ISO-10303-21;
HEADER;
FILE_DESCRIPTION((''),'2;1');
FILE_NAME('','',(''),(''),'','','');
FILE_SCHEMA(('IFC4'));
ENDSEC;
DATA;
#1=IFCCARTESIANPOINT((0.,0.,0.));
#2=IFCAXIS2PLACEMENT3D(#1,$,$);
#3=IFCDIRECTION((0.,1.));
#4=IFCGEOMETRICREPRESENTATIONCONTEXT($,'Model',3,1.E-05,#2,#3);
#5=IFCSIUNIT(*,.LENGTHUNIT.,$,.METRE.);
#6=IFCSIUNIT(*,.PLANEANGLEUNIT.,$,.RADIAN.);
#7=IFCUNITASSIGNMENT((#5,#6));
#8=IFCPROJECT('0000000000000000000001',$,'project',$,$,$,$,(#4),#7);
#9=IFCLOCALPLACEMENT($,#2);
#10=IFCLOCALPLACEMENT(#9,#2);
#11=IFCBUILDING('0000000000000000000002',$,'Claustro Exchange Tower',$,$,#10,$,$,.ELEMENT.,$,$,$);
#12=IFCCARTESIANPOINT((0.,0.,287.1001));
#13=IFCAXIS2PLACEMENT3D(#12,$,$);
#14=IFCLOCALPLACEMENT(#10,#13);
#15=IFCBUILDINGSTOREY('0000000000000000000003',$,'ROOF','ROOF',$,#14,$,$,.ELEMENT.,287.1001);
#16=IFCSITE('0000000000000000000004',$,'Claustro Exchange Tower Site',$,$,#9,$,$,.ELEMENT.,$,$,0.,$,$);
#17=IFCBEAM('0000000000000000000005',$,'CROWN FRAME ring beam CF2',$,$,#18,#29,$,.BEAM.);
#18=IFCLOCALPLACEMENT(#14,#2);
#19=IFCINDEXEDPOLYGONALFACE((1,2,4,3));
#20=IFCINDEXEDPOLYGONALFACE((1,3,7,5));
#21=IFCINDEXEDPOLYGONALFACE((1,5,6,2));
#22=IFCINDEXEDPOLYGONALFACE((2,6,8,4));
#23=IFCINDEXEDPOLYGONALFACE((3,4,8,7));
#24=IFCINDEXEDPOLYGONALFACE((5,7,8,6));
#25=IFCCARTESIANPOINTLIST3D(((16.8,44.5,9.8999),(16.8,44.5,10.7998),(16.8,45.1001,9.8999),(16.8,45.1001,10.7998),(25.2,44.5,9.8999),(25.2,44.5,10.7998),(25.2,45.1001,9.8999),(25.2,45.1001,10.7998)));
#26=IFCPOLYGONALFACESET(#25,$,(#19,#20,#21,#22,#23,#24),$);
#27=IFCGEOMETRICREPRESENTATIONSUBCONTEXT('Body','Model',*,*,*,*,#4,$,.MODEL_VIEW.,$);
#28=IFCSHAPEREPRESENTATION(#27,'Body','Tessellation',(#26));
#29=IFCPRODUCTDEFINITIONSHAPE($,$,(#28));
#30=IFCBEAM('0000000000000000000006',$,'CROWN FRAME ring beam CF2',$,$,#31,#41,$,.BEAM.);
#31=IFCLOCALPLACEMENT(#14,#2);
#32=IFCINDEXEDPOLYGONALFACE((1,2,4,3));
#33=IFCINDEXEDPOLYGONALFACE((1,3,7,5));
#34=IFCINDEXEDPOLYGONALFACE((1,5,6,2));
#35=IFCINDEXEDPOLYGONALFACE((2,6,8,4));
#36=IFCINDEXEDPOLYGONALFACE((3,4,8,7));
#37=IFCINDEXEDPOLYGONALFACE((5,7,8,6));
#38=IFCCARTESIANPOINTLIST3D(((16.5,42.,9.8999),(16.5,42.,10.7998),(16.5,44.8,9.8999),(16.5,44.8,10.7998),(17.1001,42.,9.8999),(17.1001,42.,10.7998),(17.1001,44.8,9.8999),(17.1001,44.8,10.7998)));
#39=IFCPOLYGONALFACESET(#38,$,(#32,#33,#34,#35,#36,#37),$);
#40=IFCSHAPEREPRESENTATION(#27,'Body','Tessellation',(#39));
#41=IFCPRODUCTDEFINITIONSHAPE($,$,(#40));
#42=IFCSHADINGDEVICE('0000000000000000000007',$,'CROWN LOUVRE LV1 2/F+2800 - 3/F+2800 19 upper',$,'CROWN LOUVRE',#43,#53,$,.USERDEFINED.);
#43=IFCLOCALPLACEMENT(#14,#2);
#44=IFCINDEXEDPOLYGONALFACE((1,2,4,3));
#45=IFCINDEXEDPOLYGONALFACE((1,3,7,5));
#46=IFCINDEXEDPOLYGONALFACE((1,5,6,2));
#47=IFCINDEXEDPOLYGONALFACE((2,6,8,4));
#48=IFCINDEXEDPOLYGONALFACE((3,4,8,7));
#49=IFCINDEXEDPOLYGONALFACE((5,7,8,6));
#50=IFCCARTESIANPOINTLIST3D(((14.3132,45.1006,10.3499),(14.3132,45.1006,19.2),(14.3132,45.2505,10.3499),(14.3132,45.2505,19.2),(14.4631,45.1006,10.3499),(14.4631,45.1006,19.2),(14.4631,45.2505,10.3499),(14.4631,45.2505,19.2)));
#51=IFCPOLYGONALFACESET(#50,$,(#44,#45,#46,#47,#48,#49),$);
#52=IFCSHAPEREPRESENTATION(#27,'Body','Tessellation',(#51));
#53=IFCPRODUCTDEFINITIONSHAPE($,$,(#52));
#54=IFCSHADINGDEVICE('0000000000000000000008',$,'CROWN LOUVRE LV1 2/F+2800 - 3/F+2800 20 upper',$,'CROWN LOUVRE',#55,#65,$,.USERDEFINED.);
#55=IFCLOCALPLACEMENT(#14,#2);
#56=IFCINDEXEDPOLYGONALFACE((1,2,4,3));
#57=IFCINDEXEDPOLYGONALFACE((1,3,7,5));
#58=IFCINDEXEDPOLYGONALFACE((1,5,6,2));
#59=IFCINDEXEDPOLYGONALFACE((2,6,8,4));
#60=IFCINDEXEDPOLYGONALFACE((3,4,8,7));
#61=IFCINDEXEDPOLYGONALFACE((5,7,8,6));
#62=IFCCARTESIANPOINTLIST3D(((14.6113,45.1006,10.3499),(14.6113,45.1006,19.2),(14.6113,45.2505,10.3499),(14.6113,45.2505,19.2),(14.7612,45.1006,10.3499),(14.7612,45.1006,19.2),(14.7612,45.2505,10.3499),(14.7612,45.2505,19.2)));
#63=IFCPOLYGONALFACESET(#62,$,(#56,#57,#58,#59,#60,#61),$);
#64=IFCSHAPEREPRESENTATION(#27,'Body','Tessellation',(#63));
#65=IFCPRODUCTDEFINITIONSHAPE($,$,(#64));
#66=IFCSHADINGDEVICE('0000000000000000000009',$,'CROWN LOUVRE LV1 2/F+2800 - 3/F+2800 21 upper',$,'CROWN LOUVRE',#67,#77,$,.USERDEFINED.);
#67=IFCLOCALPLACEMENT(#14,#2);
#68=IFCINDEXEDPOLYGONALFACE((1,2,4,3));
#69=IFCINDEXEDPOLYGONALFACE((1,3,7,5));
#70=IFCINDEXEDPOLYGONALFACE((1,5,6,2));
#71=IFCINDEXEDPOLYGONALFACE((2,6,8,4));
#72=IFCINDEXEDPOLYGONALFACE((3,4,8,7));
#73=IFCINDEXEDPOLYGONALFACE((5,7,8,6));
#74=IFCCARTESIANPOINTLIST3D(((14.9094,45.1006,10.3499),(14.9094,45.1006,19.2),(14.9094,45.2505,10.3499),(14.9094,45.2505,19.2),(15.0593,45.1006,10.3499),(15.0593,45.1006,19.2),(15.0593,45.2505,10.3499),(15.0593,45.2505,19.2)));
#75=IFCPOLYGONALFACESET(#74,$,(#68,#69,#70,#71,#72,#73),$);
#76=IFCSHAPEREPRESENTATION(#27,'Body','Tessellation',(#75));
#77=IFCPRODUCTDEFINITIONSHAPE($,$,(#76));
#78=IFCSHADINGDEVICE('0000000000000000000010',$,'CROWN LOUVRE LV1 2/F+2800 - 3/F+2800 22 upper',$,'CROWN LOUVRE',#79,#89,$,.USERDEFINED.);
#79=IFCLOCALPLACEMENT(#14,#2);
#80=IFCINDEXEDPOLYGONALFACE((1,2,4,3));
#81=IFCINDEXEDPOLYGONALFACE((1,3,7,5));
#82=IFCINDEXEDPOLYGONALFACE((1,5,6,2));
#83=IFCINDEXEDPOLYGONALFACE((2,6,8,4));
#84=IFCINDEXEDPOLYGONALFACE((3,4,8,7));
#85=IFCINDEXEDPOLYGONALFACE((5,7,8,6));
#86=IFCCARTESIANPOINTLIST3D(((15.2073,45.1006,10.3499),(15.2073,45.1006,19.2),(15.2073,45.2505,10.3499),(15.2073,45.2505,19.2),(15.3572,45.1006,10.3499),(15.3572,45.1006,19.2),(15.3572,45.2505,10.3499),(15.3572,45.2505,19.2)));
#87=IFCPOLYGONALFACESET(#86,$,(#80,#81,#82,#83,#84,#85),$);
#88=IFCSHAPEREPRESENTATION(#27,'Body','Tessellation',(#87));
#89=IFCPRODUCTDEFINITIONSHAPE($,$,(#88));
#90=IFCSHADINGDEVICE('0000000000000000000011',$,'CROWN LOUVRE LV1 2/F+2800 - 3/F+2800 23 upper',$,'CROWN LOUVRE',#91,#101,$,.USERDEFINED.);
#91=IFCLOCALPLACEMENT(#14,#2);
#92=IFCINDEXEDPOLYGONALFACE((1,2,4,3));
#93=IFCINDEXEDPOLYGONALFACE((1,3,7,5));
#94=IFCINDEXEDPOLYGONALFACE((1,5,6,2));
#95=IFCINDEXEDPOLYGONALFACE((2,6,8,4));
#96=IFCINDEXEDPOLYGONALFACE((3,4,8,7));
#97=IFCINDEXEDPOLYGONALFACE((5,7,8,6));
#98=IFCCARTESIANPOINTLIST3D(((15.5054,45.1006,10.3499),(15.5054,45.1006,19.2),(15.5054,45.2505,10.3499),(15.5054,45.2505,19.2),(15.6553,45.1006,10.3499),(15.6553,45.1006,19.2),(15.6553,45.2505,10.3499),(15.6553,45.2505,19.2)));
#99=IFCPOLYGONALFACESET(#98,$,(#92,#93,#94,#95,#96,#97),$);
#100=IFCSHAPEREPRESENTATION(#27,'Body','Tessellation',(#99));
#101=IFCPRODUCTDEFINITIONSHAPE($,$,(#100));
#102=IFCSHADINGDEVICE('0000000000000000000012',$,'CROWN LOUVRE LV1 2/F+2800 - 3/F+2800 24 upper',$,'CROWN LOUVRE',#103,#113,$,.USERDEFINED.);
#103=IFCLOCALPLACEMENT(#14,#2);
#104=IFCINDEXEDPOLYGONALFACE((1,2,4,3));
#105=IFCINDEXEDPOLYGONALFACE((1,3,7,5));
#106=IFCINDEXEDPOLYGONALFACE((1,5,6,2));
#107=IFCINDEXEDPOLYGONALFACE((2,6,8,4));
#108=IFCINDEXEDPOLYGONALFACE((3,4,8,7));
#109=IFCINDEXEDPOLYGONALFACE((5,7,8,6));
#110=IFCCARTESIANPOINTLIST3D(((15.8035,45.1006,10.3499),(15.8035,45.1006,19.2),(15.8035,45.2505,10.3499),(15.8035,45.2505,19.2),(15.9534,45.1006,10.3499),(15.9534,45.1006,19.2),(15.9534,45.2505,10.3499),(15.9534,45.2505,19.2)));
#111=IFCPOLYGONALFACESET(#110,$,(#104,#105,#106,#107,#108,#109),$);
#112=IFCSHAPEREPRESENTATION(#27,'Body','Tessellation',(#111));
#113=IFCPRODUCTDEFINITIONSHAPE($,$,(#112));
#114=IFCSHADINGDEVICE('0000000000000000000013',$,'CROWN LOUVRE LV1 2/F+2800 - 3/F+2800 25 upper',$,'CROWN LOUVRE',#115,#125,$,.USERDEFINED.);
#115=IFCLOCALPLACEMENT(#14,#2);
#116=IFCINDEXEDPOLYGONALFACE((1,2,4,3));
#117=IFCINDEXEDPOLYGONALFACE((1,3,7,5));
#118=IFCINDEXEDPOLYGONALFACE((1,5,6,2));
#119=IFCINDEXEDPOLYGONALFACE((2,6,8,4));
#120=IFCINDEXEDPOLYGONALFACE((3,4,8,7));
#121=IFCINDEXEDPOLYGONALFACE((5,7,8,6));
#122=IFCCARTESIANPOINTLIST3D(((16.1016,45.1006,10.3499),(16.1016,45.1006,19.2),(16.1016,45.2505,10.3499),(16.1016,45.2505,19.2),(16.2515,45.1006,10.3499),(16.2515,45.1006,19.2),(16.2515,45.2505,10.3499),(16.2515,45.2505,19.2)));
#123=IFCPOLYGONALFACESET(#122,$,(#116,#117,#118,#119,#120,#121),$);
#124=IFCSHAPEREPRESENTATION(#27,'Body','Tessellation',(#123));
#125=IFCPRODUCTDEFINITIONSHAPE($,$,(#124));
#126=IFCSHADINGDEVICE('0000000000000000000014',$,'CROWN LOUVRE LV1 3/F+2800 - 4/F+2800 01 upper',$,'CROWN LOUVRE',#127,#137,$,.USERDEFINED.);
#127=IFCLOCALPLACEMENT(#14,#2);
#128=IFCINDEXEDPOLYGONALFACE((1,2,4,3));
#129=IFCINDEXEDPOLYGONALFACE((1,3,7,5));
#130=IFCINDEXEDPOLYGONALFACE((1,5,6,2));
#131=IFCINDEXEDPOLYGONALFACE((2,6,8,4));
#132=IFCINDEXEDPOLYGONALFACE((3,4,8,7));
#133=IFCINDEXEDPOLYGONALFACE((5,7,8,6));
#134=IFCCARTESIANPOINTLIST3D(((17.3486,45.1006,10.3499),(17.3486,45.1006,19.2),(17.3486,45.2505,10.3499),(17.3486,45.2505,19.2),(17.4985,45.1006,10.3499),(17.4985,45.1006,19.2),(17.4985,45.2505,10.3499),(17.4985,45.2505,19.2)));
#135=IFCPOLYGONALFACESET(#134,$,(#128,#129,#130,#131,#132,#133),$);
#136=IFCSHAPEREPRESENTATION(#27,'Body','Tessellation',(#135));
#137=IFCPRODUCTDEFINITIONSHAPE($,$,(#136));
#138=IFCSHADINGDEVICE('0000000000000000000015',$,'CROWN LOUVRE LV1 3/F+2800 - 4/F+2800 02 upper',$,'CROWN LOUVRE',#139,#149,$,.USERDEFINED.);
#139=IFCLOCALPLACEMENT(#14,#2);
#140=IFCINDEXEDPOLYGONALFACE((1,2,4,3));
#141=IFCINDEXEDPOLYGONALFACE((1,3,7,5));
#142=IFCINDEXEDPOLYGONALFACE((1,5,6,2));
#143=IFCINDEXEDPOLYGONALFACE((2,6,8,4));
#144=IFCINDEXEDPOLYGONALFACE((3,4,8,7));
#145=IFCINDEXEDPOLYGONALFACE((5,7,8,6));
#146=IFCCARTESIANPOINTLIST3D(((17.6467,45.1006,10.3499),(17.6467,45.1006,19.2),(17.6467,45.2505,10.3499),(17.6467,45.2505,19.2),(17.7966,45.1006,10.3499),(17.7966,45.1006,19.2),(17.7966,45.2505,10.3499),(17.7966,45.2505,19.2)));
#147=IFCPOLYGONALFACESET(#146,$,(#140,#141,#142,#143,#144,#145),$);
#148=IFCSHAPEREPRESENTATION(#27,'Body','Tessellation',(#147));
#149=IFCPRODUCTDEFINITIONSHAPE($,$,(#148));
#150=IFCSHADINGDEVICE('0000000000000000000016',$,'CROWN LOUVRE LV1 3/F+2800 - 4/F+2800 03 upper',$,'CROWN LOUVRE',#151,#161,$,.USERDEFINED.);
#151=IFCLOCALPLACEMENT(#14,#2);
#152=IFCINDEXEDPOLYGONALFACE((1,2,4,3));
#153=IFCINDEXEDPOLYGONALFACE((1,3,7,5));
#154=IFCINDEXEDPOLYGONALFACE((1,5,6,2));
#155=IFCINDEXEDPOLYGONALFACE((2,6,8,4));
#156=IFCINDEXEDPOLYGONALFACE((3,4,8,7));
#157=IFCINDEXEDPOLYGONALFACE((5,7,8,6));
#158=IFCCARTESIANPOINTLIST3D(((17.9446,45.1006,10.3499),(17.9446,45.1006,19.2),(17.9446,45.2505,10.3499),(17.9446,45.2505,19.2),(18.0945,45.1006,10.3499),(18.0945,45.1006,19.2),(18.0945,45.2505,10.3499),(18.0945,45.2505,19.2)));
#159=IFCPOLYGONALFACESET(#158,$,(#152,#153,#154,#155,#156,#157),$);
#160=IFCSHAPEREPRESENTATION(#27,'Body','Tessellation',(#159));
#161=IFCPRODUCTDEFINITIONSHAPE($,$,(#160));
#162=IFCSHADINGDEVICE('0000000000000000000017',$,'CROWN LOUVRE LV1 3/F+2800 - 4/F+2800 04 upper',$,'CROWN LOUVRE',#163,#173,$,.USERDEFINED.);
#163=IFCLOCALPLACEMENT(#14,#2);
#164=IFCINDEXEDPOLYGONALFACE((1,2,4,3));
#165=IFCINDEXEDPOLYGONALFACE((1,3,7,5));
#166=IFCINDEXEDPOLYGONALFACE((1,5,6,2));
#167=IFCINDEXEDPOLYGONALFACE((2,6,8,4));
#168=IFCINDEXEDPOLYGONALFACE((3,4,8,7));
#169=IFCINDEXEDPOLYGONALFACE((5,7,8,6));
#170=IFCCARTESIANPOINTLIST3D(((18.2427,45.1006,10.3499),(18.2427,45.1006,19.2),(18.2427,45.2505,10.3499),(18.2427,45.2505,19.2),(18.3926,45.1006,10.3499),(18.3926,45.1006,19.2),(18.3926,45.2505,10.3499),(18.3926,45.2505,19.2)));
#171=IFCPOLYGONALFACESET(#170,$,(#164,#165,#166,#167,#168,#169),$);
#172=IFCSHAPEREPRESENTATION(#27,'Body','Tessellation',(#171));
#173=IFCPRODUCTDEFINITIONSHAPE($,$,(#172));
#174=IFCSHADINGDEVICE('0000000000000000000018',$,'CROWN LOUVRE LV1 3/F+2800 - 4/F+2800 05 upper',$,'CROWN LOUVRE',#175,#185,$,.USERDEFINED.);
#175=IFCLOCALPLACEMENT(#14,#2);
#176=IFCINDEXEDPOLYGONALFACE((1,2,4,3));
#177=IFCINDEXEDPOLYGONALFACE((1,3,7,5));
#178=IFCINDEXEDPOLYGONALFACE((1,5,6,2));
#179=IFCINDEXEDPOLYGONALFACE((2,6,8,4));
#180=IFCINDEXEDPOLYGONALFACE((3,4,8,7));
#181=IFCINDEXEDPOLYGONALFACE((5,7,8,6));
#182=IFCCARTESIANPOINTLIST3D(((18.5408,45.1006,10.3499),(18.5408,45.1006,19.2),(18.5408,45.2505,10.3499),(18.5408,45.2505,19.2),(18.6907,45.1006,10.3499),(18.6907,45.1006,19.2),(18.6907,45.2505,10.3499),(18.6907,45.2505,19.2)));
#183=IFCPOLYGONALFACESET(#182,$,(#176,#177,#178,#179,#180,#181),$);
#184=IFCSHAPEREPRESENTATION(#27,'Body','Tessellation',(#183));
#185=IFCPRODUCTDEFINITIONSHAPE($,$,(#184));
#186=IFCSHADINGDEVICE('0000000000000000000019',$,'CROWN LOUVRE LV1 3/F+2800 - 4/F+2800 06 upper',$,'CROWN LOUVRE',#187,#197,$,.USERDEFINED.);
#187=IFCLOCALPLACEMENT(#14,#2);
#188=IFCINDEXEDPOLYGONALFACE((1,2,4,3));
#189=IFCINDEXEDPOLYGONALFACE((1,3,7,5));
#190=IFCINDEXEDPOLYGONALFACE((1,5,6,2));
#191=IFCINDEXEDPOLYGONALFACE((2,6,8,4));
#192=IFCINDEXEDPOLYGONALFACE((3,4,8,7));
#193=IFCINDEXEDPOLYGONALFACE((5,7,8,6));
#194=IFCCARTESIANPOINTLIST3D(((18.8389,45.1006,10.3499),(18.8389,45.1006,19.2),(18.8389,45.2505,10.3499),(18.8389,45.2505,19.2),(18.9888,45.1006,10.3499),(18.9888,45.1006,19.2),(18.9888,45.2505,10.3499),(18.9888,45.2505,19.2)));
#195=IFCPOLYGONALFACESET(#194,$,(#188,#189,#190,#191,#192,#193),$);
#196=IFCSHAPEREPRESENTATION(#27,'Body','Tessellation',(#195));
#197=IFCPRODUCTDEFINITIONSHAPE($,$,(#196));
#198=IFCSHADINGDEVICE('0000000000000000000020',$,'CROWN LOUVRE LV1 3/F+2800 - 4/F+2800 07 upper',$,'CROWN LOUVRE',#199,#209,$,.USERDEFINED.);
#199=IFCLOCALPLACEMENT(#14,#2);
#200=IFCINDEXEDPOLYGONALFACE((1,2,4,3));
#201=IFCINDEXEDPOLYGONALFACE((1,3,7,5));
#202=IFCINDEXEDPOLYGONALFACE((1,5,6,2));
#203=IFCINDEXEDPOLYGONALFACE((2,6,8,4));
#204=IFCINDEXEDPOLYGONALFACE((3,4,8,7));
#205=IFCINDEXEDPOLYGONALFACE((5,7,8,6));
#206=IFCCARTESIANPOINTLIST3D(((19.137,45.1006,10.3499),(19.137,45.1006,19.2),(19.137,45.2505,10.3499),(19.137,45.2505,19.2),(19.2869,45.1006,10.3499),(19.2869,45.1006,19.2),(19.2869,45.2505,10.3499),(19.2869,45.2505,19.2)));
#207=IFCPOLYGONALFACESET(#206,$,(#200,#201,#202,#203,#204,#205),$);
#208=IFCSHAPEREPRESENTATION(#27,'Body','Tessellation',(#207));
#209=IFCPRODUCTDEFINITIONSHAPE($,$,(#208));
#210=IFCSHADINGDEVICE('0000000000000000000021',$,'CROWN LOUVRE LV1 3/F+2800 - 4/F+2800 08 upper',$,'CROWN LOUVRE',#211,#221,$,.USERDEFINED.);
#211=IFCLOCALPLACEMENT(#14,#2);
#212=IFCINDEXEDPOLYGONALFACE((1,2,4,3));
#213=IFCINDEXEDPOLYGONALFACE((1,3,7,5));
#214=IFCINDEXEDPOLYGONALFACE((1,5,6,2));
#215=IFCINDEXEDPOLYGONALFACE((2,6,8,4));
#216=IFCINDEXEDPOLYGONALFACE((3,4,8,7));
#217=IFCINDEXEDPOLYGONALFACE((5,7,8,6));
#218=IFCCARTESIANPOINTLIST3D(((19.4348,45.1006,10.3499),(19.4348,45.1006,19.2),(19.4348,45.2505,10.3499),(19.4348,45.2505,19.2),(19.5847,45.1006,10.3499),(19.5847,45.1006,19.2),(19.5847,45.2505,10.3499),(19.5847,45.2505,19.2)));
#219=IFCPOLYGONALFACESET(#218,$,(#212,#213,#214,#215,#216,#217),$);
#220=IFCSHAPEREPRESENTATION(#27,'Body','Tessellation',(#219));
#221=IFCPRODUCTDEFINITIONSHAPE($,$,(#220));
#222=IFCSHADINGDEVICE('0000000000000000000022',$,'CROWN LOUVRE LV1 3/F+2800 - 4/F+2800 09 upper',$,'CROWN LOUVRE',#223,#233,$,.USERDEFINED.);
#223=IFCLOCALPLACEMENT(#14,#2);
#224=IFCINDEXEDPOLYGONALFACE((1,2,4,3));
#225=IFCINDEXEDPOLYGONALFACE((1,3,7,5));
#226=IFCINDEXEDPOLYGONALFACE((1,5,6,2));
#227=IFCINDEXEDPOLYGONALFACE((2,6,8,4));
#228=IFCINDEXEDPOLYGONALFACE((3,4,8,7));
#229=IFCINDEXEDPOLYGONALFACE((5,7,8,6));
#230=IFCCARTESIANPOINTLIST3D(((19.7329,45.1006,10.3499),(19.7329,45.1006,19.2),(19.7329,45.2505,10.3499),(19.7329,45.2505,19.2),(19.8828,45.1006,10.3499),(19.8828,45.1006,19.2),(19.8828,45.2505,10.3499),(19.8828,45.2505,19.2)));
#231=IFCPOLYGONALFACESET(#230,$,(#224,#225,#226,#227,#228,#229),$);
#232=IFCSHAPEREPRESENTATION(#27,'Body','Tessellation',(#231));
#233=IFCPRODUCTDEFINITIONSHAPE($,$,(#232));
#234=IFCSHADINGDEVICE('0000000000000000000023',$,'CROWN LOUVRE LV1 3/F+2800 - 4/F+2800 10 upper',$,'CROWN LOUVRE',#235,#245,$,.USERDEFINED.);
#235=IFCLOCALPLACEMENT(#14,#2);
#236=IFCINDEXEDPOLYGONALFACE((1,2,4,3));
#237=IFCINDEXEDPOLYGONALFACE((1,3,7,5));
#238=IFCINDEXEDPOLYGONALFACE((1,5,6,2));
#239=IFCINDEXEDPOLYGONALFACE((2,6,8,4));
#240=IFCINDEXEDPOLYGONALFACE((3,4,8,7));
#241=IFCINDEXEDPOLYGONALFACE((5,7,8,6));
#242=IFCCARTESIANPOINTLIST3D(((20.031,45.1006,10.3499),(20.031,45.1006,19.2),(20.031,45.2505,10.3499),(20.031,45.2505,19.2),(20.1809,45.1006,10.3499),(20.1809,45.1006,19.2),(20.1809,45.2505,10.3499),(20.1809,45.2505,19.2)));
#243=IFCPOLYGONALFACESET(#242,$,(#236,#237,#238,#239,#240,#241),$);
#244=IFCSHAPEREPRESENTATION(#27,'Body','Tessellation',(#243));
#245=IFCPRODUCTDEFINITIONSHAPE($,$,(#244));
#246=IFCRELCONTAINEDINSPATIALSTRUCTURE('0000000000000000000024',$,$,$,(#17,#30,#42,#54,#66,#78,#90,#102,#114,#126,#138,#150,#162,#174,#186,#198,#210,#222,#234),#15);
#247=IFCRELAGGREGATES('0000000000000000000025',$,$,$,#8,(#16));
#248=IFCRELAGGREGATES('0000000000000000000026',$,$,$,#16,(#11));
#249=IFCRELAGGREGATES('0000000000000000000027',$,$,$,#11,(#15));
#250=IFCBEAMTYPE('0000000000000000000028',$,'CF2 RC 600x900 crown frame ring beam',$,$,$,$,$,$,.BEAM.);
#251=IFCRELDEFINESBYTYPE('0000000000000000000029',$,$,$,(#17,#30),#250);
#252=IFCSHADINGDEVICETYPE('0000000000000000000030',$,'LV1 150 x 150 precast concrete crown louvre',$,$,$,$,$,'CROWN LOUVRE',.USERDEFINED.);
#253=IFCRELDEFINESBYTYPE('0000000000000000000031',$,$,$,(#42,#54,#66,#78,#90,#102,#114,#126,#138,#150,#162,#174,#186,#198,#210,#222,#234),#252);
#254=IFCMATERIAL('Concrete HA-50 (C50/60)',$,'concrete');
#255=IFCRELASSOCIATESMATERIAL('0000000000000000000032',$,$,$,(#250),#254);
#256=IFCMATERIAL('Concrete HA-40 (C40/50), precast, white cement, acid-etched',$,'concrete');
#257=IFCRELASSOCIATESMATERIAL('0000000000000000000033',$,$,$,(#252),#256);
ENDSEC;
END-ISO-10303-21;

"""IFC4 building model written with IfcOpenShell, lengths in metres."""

from ifc_helpers import new_model, si_unit, direction, frame, origin, origin_2d, place, context, subcontext, project, spatial, rectangle, extrude, material, material_profile, profile_set, type_object, element, save


model = new_model("IFC4")

# Units and contexts
model_context = context("Model", 3, precision=1e-05, world=origin(), true_north=direction((0.0, 1.0)))
body_context = subcontext(model_context, "Body", "Model", "MODEL_VIEW")
ifc_project = project(units=[si_unit("LENGTHUNIT", "METRE"), si_unit("PLANEANGLEUNIT", "RADIAN")], contexts=[model_context])

# Site, building, storey
site_placement = place(None, origin())
site = spatial("IfcSite", under=ifc_project, at=site_placement, Name="Claustro Exchange Tower Site", CompositionType="ELEMENT", RefElevation=0.0)
building_placement = place(site_placement, origin())
building = spatial("IfcBuilding", under=site, at=building_placement, Name="Claustro Exchange Tower", CompositionType="ELEMENT")
storey_placement = place(building_placement, frame((0.0, 0.0, 287.1001)))
storey = spatial("IfcBuildingStorey", under=building, at=storey_placement, Name="ROOF", Description="ROOF", CompositionType="ELEMENT", Elevation=287.1001)

# Beams
ifc_material_1 = material(Name="Concrete HA-50 (C50/60)", Category="concrete")
ifc_material_profile = material_profile(ifc_material_1, rectangle(XDim=0.6001, YDim=0.8999, at=origin_2d()), Name="RC 600x900")
ifc_profile_set = profile_set([ifc_material_profile], Name="Concrete HA-50 (C50/60)")
beam_type = type_object("IfcBeamType", Name="CF2 RC 600x900 crown frame ring beam", PredefinedType="BEAM", material=ifc_profile_set)
beam_1_placement = place(storey_placement, frame((16.8, 44.8, 10.3499), z_axis=(1.0, 0.0, 0.0), x_axis=(0.0, 1.0, 0.0)))
element("IfcBeam", 1, at=beam_1_placement, inside=storey, type_object=beam_type, Name="CROWN FRAME ring beam CF2", PredefinedType="BEAM", context=body_context, shape_type="SweptSolid", body=[
    extrude(rectangle(XDim=0.6001, YDim=0.8999, at=origin_2d()), origin(), (0.0, 0.0, 1.0), 8.3999),
])
beam_2_placement = place(storey_placement, frame((16.8, 42.0, 10.3499), z_axis=(0.0, 1.0, 0.0), x_axis=(-1.0, 0.0, 0.0)))
element("IfcBeam", 2, at=beam_2_placement, inside=storey, type_object=beam_type, Name="CROWN FRAME ring beam CF2", PredefinedType="BEAM", context=body_context, shape_type="SweptSolid", body=[
    extrude(rectangle(XDim=0.6001, YDim=0.8999, at=origin_2d()), origin(), (0.0, 0.0, 1.0), 2.8),
])

# Shading devices
ifc_material_2 = material(Name="Concrete HA-40 (C40/50), precast, white cement, acid-etched", Category="concrete")
shading_device_type = type_object("IfcShadingDeviceType", Name="LV1 150 x 150 precast concrete crown louvre", ElementType="CROWN LOUVRE", PredefinedType="USERDEFINED", material=ifc_material_2)
for number, where, z_axis, x_axis, name in (
    (3, (14.3882, 45.1755, 10.3499), (0.0, 0.0, 1.0), (1.0, 0.0, 0.0), "CROWN LOUVRE LV1 2/F+2800 - 3/F+2800 19 upper"),
    (4, (14.6863, 45.1755, 10.3499), (0.0, 0.0, 1.0), (1.0, 0.0, 0.0), "CROWN LOUVRE LV1 2/F+2800 - 3/F+2800 20 upper"),
    (5, (14.9844, 45.1755, 10.3499), (0.0, 0.0, 1.0), (1.0, 0.0, 0.0), "CROWN LOUVRE LV1 2/F+2800 - 3/F+2800 21 upper"),
    (6, (15.2822, 45.1755, 10.3499), (0.0, 0.0, 1.0), (1.0, 0.0, 0.0), "CROWN LOUVRE LV1 2/F+2800 - 3/F+2800 22 upper"),
    (7, (15.5803, 45.1755, 10.3499), (0.0, 0.0, 1.0), (1.0, 0.0, 0.0), "CROWN LOUVRE LV1 2/F+2800 - 3/F+2800 23 upper"),
    (8, (15.8784, 45.1755, 10.3499), (0.0, 0.0, 1.0), (1.0, 0.0, 0.0), "CROWN LOUVRE LV1 2/F+2800 - 3/F+2800 24 upper"),
    (9, (16.1765, 45.1755, 10.3499), (0.0, 0.0, 1.0), (1.0, 0.0, 0.0), "CROWN LOUVRE LV1 2/F+2800 - 3/F+2800 25 upper"),
    (10, (17.4236, 45.1755, 10.3499), (0.0, 0.0, 1.0), (1.0, 0.0, 0.0), "CROWN LOUVRE LV1 3/F+2800 - 4/F+2800 01 upper"),
    (11, (17.7217, 45.1755, 10.3499), (0.0, 0.0, 1.0), (1.0, 0.0, 0.0), "CROWN LOUVRE LV1 3/F+2800 - 4/F+2800 02 upper"),
    (12, (18.0195, 45.1755, 10.3499), (0.0, 0.0, 1.0), (1.0, 0.0, 0.0), "CROWN LOUVRE LV1 3/F+2800 - 4/F+2800 03 upper"),
    (13, (18.3176, 45.1755, 10.3499), (0.0, 0.0, 1.0), (1.0, 0.0, 0.0), "CROWN LOUVRE LV1 3/F+2800 - 4/F+2800 04 upper"),
    (14, (18.6157, 45.1755, 10.3499), (0.0, 0.0, 1.0), (1.0, 0.0, 0.0), "CROWN LOUVRE LV1 3/F+2800 - 4/F+2800 05 upper"),
    (15, (18.9138, 45.1755, 10.3499), (0.0, 0.0, 1.0), (1.0, 0.0, 0.0), "CROWN LOUVRE LV1 3/F+2800 - 4/F+2800 06 upper"),
    (16, (19.2119, 45.1755, 10.3499), (0.0, 0.0, 1.0), (1.0, 0.0, 0.0), "CROWN LOUVRE LV1 3/F+2800 - 4/F+2800 07 upper"),
    (17, (19.5098, 45.1755, 10.3499), (0.0, 0.0, 1.0), (1.0, 0.0, 0.0), "CROWN LOUVRE LV1 3/F+2800 - 4/F+2800 08 upper"),
    (18, (19.8079, 45.1755, 10.3499), (0.0, 0.0, 1.0), (1.0, 0.0, 0.0), "CROWN LOUVRE LV1 3/F+2800 - 4/F+2800 09 upper"),
    (19, (20.106, 45.1755, 10.3499), (0.0, 0.0, 1.0), (1.0, 0.0, 0.0), "CROWN LOUVRE LV1 3/F+2800 - 4/F+2800 10 upper"),
):
    element("IfcShadingDevice", number, at=place(storey_placement, frame(where, z_axis=z_axis, x_axis=x_axis)), inside=storey, type_object=shading_device_type, Name=name, ObjectType="CROWN LOUVRE", PredefinedType="USERDEFINED", context=body_context, shape_type="SweptSolid", body=[
        extrude(rectangle(XDim=0.1499, YDim=0.1499, at=origin_2d()), origin(), (0.0, 0.0, 1.0), 8.8501),
    ])

save(model, "model.ifc")
